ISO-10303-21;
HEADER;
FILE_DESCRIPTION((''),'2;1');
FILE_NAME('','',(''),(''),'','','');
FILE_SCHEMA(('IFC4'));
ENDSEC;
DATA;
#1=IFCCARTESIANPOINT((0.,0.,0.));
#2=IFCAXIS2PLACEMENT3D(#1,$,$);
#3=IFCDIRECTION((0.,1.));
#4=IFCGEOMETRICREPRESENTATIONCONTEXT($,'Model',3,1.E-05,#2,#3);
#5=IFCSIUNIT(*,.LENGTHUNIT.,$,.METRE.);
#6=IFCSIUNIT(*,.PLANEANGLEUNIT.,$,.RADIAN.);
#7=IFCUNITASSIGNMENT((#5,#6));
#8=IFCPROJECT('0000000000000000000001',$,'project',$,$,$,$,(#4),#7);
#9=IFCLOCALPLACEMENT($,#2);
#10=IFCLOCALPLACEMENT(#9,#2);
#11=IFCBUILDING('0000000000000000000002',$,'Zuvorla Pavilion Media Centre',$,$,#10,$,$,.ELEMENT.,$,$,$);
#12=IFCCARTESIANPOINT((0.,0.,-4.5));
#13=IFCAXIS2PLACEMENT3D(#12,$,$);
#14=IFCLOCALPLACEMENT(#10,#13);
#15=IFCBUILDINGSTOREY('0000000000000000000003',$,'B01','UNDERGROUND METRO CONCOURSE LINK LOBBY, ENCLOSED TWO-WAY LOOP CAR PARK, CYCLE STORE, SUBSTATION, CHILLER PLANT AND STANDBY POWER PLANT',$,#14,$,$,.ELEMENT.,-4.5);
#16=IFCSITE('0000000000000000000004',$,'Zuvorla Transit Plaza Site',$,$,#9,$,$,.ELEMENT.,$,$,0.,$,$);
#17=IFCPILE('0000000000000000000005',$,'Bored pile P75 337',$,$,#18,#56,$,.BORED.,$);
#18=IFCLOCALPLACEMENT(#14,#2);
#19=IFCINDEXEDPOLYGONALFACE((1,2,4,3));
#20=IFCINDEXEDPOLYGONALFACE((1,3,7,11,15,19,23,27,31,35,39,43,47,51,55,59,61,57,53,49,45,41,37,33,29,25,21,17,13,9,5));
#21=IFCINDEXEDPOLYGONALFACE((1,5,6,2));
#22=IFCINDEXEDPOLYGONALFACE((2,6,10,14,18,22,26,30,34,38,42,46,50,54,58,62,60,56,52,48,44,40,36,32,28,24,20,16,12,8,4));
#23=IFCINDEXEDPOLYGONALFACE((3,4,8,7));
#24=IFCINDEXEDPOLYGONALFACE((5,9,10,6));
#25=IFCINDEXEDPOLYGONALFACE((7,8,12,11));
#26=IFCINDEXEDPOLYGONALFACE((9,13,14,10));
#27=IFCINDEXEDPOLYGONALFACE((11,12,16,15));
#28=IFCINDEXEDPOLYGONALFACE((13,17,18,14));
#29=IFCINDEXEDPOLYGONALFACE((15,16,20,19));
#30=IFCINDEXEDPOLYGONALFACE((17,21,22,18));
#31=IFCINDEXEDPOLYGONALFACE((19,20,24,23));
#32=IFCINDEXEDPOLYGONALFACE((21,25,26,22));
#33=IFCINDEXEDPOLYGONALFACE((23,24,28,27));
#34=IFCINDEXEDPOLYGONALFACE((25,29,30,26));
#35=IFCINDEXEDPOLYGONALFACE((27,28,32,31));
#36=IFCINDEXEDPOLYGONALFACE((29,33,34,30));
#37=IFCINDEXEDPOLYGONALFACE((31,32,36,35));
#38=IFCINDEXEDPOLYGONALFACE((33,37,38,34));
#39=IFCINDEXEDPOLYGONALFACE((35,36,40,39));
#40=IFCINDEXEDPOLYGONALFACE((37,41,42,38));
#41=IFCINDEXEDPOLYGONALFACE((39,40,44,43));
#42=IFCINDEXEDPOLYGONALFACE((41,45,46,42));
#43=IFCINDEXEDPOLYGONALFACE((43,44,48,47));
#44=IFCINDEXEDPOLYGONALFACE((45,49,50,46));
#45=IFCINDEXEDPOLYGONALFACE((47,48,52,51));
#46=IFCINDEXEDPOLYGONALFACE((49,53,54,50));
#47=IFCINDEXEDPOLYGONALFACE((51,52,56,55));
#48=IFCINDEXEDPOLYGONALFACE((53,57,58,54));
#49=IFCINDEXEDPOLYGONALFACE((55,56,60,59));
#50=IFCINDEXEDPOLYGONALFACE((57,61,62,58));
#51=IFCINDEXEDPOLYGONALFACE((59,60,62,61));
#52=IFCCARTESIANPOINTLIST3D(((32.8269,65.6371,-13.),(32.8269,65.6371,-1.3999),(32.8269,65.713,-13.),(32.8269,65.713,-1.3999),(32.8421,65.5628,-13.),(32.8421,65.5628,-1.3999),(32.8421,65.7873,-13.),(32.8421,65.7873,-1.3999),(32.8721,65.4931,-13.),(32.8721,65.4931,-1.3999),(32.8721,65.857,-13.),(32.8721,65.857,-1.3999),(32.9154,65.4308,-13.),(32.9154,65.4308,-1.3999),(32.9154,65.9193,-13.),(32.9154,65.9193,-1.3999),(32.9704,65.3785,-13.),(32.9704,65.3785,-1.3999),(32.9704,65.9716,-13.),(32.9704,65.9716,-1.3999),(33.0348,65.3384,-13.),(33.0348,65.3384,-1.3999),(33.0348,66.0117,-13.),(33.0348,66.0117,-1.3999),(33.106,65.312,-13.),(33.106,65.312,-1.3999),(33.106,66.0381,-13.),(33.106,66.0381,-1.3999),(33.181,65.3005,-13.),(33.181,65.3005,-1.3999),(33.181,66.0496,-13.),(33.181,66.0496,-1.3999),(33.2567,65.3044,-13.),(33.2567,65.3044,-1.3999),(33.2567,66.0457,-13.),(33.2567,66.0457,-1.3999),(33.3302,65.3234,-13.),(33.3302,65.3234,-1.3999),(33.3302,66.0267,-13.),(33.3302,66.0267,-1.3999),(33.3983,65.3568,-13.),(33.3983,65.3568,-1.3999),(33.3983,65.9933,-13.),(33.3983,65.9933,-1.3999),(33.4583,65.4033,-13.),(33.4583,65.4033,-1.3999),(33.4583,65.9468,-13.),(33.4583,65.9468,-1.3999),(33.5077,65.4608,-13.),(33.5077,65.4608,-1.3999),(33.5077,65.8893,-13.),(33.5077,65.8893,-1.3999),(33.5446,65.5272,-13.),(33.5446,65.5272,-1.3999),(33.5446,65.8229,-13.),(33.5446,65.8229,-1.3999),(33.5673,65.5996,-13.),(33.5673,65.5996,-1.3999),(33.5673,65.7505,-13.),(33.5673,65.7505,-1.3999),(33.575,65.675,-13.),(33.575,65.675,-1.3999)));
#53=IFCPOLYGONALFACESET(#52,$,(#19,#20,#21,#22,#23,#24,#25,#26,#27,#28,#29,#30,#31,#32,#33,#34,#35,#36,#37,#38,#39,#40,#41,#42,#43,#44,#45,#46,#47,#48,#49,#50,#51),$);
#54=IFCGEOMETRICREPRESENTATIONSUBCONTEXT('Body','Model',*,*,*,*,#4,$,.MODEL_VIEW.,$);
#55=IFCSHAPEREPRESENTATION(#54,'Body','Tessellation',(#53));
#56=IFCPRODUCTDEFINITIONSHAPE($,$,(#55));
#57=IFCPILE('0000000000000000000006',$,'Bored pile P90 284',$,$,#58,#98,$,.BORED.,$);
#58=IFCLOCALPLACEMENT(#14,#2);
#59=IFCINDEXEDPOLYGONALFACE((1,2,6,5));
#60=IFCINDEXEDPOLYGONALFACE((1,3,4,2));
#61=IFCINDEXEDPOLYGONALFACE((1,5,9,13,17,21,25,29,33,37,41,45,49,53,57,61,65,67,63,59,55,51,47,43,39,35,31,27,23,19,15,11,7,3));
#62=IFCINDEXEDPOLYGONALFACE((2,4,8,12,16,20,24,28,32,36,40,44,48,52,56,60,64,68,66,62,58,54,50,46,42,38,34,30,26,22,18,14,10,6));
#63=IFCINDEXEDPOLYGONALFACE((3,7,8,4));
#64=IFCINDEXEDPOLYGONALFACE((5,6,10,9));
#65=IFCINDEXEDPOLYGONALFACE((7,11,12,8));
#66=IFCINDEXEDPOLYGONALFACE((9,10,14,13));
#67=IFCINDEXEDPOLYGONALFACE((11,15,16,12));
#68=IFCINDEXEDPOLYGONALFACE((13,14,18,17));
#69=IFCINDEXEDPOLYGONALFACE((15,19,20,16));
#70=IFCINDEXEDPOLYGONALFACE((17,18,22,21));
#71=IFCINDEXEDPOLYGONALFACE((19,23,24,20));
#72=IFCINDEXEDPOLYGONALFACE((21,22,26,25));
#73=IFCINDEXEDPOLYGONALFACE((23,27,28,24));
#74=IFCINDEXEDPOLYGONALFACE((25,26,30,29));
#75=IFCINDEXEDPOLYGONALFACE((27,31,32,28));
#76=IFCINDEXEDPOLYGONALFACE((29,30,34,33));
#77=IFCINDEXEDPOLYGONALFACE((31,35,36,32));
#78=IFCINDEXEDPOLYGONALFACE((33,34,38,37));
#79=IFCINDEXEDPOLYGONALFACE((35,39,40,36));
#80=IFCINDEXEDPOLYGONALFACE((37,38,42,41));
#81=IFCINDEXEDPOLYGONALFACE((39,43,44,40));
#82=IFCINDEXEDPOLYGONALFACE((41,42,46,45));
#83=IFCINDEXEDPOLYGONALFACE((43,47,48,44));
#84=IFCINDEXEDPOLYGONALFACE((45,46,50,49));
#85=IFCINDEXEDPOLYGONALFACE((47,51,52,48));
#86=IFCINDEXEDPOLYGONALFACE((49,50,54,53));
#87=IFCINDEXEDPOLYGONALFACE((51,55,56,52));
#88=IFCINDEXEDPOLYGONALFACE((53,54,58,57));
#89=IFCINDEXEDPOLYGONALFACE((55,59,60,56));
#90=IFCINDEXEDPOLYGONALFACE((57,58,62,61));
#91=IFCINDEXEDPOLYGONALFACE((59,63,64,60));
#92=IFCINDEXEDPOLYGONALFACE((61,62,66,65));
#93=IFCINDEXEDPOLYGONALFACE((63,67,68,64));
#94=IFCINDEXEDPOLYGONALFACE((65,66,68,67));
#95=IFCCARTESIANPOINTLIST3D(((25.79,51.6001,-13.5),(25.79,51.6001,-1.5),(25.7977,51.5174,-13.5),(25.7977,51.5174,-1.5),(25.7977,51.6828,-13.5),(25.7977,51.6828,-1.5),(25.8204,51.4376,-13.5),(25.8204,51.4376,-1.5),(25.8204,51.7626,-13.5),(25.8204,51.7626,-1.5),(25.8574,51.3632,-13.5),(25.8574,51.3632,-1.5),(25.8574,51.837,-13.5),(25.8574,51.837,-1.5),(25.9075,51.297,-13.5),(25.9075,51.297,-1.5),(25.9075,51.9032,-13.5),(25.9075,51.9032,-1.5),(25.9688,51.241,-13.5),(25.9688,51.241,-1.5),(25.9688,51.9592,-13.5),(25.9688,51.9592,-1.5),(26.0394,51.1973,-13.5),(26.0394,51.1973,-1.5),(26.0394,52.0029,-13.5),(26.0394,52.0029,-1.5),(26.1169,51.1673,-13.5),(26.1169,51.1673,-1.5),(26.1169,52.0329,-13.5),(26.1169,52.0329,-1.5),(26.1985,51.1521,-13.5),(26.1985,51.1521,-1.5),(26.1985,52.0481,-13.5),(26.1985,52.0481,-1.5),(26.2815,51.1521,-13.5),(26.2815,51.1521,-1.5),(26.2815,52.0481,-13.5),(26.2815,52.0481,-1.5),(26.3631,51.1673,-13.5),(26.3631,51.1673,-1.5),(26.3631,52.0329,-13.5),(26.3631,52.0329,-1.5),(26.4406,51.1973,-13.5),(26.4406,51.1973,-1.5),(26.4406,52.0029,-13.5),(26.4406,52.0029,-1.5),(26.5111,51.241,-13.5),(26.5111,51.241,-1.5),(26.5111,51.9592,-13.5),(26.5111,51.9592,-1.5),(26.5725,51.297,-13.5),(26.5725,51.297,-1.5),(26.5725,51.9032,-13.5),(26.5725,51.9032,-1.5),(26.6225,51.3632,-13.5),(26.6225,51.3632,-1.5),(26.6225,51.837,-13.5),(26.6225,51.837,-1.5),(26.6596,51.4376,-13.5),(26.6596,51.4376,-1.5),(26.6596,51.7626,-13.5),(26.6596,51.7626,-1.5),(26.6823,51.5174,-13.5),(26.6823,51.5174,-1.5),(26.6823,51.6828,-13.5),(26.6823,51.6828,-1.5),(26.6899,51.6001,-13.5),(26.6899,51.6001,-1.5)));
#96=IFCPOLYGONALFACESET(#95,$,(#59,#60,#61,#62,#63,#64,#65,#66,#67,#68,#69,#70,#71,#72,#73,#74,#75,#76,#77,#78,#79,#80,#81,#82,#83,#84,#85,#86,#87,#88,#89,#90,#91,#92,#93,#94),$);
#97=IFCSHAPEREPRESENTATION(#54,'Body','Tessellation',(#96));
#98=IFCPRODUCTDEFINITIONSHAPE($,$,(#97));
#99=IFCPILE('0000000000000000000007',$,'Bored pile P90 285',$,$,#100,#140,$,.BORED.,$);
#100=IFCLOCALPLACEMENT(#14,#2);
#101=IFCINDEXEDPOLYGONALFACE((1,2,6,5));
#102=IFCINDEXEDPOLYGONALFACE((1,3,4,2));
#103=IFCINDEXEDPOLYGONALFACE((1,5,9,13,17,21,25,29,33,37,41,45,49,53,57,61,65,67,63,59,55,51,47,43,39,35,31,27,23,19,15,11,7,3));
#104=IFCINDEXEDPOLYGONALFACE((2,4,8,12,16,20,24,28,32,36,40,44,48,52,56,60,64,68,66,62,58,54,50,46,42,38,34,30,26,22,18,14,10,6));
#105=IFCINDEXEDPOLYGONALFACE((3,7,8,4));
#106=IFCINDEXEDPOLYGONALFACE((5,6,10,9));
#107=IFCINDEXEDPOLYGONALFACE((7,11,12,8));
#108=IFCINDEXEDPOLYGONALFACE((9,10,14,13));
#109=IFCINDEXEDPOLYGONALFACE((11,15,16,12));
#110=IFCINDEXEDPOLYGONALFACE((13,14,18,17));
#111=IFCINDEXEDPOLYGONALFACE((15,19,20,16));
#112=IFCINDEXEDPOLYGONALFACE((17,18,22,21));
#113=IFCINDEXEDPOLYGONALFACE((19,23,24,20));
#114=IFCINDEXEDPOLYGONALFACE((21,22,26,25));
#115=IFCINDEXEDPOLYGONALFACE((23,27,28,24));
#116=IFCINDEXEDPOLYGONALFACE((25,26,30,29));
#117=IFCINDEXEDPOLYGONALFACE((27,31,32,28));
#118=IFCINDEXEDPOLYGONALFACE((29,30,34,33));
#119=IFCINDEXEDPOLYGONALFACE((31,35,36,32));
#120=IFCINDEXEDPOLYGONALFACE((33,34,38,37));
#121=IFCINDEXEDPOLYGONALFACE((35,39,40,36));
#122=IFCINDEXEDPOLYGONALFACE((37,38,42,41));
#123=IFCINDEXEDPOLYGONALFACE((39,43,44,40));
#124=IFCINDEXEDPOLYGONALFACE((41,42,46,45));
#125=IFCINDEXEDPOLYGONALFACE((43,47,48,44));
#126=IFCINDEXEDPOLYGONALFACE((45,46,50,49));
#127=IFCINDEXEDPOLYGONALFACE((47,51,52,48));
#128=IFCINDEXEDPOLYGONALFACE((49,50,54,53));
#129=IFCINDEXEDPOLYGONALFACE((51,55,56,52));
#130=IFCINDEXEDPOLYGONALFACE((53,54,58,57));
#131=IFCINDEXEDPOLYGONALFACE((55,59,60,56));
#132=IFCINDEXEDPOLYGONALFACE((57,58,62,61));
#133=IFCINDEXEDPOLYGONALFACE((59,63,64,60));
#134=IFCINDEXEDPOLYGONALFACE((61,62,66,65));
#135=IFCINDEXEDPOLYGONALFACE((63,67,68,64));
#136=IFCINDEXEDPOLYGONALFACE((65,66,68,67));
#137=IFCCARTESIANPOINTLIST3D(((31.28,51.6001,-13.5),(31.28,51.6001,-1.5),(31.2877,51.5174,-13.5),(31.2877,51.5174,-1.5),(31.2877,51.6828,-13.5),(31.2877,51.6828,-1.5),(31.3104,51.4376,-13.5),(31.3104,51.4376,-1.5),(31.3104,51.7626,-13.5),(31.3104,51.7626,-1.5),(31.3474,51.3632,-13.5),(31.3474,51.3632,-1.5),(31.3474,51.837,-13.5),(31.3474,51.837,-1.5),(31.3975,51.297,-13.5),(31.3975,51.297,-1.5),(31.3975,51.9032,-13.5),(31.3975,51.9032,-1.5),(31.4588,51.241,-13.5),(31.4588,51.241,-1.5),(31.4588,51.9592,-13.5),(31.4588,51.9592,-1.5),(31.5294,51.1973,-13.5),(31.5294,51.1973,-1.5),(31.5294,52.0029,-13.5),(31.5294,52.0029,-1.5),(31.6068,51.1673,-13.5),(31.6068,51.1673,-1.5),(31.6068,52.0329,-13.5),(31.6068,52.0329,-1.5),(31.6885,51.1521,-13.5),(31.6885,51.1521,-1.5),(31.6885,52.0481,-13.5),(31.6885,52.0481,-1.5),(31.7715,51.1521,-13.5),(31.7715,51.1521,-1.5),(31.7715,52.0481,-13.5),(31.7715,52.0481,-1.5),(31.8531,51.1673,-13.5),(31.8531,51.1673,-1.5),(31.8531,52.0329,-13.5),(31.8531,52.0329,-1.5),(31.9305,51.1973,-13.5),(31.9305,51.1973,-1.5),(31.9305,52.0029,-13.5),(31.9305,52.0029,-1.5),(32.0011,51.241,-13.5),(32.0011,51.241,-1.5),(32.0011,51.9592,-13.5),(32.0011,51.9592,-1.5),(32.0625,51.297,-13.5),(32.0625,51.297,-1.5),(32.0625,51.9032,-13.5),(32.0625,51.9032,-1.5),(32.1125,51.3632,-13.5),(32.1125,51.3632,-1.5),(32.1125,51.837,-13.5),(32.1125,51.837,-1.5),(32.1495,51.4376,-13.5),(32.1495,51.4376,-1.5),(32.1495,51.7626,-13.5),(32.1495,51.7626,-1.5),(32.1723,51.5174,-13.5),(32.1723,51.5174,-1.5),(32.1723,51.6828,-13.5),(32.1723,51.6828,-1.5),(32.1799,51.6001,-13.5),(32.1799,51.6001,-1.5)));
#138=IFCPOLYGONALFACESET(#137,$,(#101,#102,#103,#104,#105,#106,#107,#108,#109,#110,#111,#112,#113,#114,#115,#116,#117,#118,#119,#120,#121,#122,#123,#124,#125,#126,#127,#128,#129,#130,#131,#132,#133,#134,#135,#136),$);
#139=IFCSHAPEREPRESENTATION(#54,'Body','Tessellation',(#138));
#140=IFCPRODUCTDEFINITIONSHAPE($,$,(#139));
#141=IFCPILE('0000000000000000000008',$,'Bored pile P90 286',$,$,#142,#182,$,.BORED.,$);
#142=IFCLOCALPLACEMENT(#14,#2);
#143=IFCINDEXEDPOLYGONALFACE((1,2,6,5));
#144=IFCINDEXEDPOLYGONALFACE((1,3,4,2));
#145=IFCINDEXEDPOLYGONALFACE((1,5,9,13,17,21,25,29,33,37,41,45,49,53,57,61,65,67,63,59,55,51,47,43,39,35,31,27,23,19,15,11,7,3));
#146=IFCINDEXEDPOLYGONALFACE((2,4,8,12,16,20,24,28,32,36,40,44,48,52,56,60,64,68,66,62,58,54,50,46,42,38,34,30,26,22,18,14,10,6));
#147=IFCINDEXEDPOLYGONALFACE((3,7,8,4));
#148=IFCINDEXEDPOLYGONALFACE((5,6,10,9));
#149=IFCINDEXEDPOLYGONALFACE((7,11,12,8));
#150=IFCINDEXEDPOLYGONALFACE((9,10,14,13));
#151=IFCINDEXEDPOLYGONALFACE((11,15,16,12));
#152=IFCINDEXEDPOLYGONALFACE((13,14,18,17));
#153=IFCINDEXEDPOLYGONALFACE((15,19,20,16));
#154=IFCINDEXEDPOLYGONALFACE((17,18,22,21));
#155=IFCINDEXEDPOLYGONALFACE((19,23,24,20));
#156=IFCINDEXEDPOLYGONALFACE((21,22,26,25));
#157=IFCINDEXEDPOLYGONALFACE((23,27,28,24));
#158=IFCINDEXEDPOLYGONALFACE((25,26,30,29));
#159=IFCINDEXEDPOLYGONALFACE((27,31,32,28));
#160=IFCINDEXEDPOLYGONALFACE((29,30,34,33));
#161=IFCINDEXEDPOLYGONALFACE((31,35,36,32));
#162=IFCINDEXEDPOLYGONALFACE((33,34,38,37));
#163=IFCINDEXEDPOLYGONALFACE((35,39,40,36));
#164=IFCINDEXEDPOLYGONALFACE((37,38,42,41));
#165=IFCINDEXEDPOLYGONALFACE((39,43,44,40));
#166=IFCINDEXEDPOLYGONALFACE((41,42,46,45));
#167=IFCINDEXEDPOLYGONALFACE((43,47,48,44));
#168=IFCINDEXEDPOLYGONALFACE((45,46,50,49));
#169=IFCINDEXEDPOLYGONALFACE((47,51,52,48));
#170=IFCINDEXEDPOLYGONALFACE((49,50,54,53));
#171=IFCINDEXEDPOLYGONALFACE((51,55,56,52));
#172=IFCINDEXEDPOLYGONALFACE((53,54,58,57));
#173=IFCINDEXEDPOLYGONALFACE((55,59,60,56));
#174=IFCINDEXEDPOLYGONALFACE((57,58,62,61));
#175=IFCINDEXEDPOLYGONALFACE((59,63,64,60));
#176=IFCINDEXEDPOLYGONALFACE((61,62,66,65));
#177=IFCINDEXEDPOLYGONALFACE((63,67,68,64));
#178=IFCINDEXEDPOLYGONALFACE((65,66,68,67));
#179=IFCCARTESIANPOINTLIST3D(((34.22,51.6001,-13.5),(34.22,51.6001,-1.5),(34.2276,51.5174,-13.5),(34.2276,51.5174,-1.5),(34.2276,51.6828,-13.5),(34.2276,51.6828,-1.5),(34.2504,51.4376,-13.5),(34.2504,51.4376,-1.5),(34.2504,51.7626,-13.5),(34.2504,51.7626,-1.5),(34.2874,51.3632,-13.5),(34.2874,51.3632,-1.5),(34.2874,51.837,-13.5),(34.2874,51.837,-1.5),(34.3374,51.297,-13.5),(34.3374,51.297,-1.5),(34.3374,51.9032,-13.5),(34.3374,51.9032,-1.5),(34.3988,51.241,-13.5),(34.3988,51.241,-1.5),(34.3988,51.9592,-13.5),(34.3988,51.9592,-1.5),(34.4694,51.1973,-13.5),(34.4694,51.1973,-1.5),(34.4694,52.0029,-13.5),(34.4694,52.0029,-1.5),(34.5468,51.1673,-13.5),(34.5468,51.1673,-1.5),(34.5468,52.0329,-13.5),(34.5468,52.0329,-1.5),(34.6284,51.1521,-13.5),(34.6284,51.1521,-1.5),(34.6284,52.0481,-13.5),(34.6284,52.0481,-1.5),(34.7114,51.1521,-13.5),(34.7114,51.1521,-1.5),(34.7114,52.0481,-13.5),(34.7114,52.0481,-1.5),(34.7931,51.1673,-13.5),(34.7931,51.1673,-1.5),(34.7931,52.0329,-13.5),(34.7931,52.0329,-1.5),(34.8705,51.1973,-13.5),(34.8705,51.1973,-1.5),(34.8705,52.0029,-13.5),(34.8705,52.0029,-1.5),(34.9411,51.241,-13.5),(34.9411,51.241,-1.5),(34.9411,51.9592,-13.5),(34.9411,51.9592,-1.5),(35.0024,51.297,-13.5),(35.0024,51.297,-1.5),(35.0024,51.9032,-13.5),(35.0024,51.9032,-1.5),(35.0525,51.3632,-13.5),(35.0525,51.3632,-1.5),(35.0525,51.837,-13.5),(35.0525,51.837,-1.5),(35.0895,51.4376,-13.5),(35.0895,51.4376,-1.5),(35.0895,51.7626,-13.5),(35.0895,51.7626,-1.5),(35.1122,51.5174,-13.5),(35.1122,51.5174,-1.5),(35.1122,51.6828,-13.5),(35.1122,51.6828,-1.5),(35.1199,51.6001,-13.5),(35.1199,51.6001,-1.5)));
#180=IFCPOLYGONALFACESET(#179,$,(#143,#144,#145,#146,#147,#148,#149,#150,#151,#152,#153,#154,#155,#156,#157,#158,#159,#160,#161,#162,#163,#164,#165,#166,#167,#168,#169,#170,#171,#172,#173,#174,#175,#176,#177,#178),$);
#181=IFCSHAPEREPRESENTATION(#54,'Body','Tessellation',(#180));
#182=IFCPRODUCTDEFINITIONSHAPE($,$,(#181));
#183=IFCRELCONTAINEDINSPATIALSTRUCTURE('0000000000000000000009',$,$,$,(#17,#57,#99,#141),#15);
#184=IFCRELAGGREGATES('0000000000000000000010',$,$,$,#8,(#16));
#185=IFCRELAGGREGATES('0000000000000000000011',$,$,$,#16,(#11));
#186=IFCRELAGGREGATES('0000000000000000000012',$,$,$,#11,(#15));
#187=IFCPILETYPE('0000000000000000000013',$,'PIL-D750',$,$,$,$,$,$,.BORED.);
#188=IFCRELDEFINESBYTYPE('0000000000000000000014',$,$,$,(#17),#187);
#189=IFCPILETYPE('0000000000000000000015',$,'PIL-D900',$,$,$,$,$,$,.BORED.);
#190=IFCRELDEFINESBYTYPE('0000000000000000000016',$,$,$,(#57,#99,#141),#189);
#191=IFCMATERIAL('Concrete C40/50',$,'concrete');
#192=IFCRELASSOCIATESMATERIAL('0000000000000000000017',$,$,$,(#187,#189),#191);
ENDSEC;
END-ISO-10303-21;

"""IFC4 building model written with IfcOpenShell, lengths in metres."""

from ifc_helpers import new_model, si_unit, direction, frame, origin, origin_2d, place, context, subcontext, project, spatial, circle, extrude, material, material_profile, profile_set, type_object, element, save


model = new_model("IFC4")

# Units and contexts
model_context = context("Model", 3, precision=1e-05, world=origin(), true_north=direction((0.0, 1.0)))
body_context = subcontext(model_context, "Body", "Model", "MODEL_VIEW")
ifc_project = project(units=[si_unit("LENGTHUNIT", "METRE"), si_unit("PLANEANGLEUNIT", "RADIAN")], contexts=[model_context])

# Site, building, storey
site_placement = place(None, origin())
site = spatial("IfcSite", under=ifc_project, at=site_placement, Name="Zuvorla Transit Plaza Site", CompositionType="ELEMENT", RefElevation=0.0)
building_placement = place(site_placement, origin())
building = spatial("IfcBuilding", under=site, at=building_placement, Name="Zuvorla Pavilion Media Centre", CompositionType="ELEMENT")
storey_placement = place(building_placement, frame((0.0, 0.0, -4.5)))
storey = spatial("IfcBuildingStorey", under=building, at=storey_placement, Name="B01", Description="UNDERGROUND METRO CONCOURSE LINK LOBBY, ENCLOSED TWO-WAY LOOP CAR PARK, CYCLE STORE, SUBSTATION, CHILLER PLANT AND STANDBY POWER PLANT", CompositionType="ELEMENT", Elevation=-4.5)

# Shared definitions
ifc_material_1 = material(Name="Concrete C40/50", Category="concrete")

# Piles
ifc_material_profile_1 = material_profile(ifc_material_1, circle(Radius=0.375, at=origin_2d()), Name="BORED PILE 750")
ifc_profile_set_1 = profile_set([ifc_material_profile_1], Name="Concrete C40/50")
pile_type_1 = type_object("IfcPileType", Name="PIL-D750", PredefinedType="BORED", material=ifc_profile_set_1)
for number, where, z_axis, x_axis, name in (
    (1, (33.2, 65.675, -1.3999), (0.0, 0.0, -1.0), (1.0, 0.0, 0.0), "Bored pile P75 337"),
):
    element("IfcPile", number, at=place(storey_placement, frame(where, z_axis=z_axis, x_axis=x_axis)), inside=storey, type_object=pile_type_1, Name=name, PredefinedType="BORED", context=body_context, shape_type="SweptSolid", body=[
        extrude(circle(Radius=0.375, at=origin_2d()), origin(), (0.0, 0.0, 1.0), 11.6001),
    ])
ifc_material_profile_2 = material_profile(ifc_material_1, circle(Radius=0.45, at=origin_2d()), Name="BORED PILE 900")
ifc_profile_set_2 = profile_set([ifc_material_profile_2], Name="Concrete C40/50")
pile_type_2 = type_object("IfcPileType", Name="PIL-D900", PredefinedType="BORED", material=ifc_profile_set_2)
for number, where, z_axis, x_axis, name in (
    (2, (26.24, 51.6001, -1.5), (0.0, 0.0, -1.0), (1.0, 0.0, 0.0), "Bored pile P90 284"),
    (3, (31.73, 51.6001, -1.5), (0.0, 0.0, -1.0), (1.0, 0.0, 0.0), "Bored pile P90 285"),
    (4, (34.6699, 51.6001, -1.5), (0.0, 0.0, -1.0), (1.0, 0.0, 0.0), "Bored pile P90 286"),
):
    element("IfcPile", number, at=place(storey_placement, frame(where, z_axis=z_axis, x_axis=x_axis)), inside=storey, type_object=pile_type_2, Name=name, PredefinedType="BORED", context=body_context, shape_type="SweptSolid", body=[
        extrude(circle(Radius=0.45, at=origin_2d()), origin(), (0.0, 0.0, 1.0), 12.0),
    ])

save(model, "model.ifc")
